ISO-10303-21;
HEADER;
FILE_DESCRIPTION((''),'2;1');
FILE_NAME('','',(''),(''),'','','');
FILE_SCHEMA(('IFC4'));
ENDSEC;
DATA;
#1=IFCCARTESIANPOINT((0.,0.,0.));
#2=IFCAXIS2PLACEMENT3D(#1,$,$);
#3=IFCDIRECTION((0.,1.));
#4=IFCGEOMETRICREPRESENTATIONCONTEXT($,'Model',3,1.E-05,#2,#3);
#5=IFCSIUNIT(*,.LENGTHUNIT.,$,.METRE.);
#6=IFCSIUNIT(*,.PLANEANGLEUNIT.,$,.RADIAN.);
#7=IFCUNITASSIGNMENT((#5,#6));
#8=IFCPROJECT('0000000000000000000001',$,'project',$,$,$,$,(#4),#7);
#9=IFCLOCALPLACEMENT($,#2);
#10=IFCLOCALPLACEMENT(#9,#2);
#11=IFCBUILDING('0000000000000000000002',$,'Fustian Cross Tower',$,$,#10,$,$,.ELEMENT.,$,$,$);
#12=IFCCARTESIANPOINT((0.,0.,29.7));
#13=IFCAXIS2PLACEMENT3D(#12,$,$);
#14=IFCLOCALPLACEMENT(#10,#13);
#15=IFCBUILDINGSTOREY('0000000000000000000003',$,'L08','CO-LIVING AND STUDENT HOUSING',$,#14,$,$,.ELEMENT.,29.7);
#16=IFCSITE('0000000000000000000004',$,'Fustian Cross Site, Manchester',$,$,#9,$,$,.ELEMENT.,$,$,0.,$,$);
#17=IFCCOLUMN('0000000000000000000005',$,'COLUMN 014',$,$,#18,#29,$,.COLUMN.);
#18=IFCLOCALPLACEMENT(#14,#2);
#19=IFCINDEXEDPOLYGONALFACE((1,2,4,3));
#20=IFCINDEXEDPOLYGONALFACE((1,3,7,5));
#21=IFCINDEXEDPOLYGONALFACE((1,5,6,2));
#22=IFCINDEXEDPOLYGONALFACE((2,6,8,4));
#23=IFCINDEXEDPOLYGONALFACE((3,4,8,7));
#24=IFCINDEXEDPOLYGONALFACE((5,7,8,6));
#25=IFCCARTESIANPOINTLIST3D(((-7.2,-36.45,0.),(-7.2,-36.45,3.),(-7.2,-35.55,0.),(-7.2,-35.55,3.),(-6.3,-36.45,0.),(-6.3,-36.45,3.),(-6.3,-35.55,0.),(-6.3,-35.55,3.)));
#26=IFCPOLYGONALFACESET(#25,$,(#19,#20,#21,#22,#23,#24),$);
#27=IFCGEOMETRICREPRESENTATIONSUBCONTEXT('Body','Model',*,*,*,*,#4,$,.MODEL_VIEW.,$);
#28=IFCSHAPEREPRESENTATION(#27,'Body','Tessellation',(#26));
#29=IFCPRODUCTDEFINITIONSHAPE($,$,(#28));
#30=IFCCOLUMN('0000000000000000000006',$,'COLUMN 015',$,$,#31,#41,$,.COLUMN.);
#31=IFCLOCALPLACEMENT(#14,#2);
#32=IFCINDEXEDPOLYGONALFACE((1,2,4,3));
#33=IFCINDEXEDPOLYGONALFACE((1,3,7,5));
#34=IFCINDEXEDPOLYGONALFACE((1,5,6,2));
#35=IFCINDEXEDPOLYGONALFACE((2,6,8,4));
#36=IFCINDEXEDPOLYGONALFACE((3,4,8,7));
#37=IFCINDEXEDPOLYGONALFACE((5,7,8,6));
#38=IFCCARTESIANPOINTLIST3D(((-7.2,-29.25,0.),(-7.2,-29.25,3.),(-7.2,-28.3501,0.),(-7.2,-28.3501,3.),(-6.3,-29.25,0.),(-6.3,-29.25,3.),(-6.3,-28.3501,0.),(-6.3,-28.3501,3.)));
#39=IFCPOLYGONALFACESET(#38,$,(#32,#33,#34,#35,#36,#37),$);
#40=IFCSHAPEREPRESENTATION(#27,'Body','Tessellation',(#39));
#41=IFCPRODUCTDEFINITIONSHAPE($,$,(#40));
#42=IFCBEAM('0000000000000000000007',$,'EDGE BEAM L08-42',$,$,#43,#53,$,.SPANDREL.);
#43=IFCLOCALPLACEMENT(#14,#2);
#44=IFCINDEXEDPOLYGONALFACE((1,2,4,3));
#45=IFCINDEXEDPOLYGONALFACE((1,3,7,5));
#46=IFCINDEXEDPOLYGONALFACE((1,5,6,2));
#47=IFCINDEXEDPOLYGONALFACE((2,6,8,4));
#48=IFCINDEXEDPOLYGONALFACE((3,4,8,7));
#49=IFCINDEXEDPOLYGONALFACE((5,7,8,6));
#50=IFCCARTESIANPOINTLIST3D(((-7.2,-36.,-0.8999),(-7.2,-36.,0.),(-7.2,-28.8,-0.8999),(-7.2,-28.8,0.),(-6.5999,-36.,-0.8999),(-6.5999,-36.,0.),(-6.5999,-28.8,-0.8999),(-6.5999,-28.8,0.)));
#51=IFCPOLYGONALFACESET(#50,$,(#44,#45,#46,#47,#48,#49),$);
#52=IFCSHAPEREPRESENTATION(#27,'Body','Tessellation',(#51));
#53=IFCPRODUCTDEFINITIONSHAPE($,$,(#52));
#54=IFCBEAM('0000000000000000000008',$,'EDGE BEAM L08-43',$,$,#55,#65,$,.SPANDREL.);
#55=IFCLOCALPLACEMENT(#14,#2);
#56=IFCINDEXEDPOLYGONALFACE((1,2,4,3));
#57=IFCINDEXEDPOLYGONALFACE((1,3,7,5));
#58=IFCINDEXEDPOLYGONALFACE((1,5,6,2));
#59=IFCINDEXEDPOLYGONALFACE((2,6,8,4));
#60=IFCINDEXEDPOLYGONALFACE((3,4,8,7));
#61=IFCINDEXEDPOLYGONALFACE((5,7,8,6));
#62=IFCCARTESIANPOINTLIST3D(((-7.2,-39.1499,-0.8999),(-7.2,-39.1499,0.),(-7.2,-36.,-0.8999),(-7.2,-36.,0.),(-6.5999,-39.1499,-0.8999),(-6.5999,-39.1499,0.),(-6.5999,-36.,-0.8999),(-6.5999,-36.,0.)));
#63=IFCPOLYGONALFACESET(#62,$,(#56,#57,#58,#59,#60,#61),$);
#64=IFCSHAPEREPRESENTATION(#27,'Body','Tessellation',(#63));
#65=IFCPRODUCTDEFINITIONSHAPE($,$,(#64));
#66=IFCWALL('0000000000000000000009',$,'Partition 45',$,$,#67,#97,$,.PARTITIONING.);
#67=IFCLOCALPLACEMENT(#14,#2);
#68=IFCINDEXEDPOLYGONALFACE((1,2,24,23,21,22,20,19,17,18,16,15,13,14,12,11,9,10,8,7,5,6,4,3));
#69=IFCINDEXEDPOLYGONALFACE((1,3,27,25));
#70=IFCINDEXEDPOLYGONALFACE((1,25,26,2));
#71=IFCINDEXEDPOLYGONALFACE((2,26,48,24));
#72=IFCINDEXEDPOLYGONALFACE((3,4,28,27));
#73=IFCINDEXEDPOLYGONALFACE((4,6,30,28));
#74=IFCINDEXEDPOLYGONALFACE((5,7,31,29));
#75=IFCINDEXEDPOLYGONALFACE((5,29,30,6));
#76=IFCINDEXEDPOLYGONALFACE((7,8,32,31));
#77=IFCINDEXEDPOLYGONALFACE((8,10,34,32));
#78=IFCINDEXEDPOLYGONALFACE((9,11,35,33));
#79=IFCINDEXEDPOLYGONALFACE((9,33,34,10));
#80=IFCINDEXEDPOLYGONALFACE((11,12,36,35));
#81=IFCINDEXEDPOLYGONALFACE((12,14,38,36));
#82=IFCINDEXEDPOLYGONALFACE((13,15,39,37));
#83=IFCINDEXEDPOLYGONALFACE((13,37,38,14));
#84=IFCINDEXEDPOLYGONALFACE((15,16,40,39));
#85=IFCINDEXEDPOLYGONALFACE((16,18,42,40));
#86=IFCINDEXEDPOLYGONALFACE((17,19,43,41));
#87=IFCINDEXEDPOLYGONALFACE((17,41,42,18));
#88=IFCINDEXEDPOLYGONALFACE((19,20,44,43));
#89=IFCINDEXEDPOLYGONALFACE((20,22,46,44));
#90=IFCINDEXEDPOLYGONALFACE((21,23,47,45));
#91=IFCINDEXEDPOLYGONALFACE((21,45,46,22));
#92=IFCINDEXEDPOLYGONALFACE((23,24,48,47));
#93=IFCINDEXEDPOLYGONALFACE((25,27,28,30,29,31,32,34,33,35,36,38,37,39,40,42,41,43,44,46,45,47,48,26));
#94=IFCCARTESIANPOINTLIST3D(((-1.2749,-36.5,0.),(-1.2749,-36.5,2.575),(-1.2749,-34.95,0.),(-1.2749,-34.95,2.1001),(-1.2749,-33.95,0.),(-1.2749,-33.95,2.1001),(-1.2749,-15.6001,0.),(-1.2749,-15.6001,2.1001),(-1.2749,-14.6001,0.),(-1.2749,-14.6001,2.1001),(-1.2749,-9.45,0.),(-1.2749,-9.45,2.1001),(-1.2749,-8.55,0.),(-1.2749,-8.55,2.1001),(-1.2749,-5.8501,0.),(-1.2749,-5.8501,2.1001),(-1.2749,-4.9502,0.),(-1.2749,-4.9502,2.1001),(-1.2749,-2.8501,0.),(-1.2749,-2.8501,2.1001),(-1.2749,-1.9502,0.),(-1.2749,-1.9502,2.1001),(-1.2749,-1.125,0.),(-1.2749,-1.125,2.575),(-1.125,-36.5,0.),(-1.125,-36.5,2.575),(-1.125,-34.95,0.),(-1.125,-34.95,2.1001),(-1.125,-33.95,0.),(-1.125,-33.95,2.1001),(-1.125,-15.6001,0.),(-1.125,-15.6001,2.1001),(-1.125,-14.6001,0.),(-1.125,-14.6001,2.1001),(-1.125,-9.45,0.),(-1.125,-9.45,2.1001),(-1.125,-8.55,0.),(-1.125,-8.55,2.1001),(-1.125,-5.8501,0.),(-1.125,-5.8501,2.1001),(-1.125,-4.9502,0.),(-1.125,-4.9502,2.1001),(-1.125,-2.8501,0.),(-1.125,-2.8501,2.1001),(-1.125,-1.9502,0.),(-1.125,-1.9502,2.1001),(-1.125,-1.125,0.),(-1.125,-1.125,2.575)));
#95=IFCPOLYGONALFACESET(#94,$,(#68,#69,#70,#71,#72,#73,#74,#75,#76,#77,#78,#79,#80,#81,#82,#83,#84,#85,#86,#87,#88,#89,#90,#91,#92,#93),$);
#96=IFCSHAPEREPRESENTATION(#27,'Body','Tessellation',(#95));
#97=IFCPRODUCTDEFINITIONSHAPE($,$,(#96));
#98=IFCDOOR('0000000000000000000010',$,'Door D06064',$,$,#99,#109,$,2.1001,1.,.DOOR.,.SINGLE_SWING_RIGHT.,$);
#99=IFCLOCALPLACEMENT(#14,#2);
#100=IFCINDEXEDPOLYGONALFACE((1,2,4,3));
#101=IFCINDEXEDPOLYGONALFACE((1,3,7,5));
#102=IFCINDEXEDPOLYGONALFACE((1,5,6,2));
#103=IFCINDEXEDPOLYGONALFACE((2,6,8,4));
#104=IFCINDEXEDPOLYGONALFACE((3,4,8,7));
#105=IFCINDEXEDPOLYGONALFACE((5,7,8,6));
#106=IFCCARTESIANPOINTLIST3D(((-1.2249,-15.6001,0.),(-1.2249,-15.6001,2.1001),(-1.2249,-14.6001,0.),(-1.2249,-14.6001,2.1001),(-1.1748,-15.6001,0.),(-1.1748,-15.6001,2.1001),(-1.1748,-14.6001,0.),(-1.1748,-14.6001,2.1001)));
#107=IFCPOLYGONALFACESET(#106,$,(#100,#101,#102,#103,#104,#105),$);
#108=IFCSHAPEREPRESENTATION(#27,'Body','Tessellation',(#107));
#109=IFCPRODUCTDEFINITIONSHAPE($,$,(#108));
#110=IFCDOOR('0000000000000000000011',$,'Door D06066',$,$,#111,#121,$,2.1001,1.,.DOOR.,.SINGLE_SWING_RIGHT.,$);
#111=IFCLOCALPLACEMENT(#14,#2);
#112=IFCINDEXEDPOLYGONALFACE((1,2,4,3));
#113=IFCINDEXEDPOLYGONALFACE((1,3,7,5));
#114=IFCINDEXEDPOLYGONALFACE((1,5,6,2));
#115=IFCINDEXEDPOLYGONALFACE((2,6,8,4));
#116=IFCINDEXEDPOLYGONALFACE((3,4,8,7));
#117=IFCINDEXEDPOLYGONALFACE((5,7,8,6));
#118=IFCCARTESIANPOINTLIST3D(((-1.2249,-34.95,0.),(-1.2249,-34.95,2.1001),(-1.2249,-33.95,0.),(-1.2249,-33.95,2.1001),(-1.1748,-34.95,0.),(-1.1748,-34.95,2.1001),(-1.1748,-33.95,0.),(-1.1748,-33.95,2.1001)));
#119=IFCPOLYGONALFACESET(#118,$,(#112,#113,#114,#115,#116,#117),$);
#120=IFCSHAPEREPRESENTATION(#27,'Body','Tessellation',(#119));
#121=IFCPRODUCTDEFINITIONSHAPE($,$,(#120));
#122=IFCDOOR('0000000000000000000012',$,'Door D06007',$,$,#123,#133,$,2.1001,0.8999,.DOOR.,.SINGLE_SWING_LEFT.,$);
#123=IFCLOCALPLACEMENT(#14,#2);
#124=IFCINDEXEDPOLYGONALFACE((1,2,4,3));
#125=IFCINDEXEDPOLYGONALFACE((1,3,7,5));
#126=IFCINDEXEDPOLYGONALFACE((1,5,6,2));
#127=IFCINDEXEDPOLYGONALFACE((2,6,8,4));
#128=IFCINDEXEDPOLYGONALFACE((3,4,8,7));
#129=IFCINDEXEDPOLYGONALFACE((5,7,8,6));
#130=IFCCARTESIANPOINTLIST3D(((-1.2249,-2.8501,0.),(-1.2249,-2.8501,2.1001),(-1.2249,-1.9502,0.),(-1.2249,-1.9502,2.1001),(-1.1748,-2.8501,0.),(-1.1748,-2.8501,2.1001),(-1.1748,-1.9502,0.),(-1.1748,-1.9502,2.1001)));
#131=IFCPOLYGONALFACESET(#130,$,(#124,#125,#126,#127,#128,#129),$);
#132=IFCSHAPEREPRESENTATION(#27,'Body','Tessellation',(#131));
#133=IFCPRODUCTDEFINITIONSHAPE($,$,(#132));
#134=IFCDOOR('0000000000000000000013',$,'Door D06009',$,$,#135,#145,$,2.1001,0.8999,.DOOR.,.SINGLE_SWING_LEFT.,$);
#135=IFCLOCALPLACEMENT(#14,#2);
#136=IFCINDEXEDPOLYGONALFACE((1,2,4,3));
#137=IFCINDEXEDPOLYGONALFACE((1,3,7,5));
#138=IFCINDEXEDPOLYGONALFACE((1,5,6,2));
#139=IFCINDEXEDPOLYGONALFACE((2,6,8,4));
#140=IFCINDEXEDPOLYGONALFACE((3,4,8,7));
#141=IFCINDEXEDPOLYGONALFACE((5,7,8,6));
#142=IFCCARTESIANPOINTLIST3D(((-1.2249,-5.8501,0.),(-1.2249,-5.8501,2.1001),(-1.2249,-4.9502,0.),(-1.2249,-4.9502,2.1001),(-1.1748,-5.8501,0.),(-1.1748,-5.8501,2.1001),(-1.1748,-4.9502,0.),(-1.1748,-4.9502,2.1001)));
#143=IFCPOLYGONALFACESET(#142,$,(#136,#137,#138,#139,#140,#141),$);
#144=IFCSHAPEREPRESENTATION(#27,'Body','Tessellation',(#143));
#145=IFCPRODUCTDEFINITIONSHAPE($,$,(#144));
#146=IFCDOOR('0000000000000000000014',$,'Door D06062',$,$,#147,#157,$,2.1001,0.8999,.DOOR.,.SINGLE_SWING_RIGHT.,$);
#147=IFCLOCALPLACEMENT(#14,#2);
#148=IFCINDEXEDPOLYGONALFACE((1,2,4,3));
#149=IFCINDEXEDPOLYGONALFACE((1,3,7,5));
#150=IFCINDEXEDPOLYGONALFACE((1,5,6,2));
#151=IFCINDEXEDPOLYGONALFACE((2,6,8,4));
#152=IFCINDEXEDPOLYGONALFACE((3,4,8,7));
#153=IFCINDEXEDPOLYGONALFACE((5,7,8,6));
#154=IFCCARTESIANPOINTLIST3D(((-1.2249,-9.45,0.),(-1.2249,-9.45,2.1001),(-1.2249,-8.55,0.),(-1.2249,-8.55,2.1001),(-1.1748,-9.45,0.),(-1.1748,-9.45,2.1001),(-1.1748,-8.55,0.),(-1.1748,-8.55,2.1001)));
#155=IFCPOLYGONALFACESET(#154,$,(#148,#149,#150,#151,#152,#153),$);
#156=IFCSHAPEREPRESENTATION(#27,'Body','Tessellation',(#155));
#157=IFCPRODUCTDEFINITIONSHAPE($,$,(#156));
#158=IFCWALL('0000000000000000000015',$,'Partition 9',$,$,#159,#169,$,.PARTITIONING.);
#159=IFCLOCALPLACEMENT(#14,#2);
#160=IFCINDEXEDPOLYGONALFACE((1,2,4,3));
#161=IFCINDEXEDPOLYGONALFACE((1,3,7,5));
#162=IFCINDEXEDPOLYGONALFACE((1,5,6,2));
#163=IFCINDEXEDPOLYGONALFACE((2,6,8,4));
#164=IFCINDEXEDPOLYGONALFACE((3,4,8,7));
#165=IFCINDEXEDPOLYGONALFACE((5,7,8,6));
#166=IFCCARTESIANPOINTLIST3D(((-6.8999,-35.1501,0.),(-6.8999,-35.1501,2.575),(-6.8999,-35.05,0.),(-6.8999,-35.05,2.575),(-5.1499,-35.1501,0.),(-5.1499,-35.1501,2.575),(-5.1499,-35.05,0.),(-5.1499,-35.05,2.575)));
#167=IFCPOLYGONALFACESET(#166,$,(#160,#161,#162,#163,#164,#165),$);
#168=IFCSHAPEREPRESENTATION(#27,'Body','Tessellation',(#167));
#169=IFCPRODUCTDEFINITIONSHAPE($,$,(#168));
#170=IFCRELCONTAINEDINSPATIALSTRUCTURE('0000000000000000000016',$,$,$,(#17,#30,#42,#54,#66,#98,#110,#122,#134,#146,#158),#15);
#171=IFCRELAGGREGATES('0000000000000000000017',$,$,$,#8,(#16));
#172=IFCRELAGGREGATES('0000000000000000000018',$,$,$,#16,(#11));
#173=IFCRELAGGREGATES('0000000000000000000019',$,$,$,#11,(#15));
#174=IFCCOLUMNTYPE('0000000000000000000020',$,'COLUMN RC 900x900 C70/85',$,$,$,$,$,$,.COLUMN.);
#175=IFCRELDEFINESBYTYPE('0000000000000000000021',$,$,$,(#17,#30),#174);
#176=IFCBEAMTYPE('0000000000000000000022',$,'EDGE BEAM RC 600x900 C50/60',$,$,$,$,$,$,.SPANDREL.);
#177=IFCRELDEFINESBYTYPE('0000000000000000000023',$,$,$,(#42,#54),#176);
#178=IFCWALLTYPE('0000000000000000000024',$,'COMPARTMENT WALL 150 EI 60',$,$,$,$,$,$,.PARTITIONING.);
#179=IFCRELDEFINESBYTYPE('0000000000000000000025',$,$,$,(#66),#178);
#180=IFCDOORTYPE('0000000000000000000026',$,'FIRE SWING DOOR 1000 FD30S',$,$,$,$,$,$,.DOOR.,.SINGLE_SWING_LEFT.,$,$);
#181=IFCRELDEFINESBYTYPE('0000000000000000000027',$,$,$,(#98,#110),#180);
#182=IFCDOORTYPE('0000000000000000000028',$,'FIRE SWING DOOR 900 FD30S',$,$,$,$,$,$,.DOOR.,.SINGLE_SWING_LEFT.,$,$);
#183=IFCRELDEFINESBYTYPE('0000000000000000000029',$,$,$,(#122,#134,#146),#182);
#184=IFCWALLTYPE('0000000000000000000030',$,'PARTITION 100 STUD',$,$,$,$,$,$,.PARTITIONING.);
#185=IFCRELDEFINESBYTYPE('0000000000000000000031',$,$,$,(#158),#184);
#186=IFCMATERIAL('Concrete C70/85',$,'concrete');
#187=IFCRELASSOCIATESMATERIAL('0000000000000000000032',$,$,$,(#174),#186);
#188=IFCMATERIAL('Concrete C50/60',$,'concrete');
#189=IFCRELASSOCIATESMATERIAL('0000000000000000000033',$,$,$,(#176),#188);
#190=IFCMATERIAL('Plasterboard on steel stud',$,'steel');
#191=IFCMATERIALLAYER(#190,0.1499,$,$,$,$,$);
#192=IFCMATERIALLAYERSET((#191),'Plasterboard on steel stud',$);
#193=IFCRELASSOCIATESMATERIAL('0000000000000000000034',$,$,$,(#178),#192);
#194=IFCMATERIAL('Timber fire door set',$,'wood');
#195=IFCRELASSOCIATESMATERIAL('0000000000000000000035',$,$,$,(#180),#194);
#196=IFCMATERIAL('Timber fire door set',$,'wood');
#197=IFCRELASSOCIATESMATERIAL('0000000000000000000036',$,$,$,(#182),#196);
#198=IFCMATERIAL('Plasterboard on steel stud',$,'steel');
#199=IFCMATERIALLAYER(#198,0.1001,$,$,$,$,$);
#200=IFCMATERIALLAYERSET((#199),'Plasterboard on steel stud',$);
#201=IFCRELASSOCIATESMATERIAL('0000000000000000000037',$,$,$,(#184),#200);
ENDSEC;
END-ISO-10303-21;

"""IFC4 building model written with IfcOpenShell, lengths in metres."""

from ifc_helpers import new_model, si_unit, direction, frame, frame_2d, origin, origin_2d, place, context, subcontext, project, spatial, rectangle, extrude, material, layer, layer_set, material_profile, profile_set, type_object, element, fill, save


model = new_model("IFC4")

# Units and contexts
model_context = context("Model", 3, precision=1e-05, world=origin(), true_north=direction((0.0, 1.0)))
body_context = subcontext(model_context, "Body", "Model", "MODEL_VIEW")
ifc_project = project(units=[si_unit("LENGTHUNIT", "METRE"), si_unit("PLANEANGLEUNIT", "RADIAN")], contexts=[model_context])

# Site, building, storey
site_placement = place(None, origin())
site = spatial("IfcSite", under=ifc_project, at=site_placement, Name="Fustian Cross Site, Manchester", CompositionType="ELEMENT", RefElevation=0.0)
building_placement = place(site_placement, origin())
building = spatial("IfcBuilding", under=site, at=building_placement, Name="Fustian Cross Tower", CompositionType="ELEMENT")
storey_placement = place(building_placement, frame((0.0, 0.0, 29.7)))
storey = spatial("IfcBuildingStorey", under=building, at=storey_placement, Name="L08", Description="CO-LIVING AND STUDENT HOUSING", CompositionType="ELEMENT", Elevation=29.7)

# Columns
ifc_material_1 = material(Name="Concrete C70/85", Category="concrete")
ifc_material_profile_1 = material_profile(ifc_material_1, rectangle(XDim=0.8999, YDim=0.8999, at=origin_2d()), Name="RC 900x900")
ifc_profile_set_1 = profile_set([ifc_material_profile_1], Name="Concrete C70/85")
column_type = type_object("IfcColumnType", Name="COLUMN RC 900x900 C70/85", PredefinedType="COLUMN", material=ifc_profile_set_1)
for number, where, z_axis, x_axis, name in (
    (1, (-6.75, -36.0, 0.0), (0.0, 0.0, 1.0), (1.0, 0.0, 0.0), "COLUMN 014"),
    (2, (-6.75, -28.8, 0.0), (0.0, 0.0, 1.0), (1.0, 0.0, 0.0), "COLUMN 015"),
):
    element("IfcColumn", number, at=place(storey_placement, frame(where, z_axis=z_axis, x_axis=x_axis)), inside=storey, type_object=column_type, Name=name, PredefinedType="COLUMN", context=body_context, shape_type="SweptSolid", body=[
        extrude(rectangle(XDim=0.8999, YDim=0.8999, at=origin_2d()), origin(), (0.0, 0.0, 1.0), 3.0),
    ])

# Beams
ifc_material_2 = material(Name="Concrete C50/60", Category="concrete")
ifc_material_profile_2 = material_profile(ifc_material_2, rectangle(XDim=0.6001, YDim=0.8999, at=origin_2d()), Name="RC 600x900")
ifc_profile_set_2 = profile_set([ifc_material_profile_2], Name="Concrete C50/60")
beam_type = type_object("IfcBeamType", Name="EDGE BEAM RC 600x900 C50/60", PredefinedType="SPANDREL", material=ifc_profile_set_2)
beam_1_placement = place(storey_placement, frame((-6.8999, -28.8, -0.45), z_axis=(0.0, -1.0, 0.0), x_axis=(1.0, 0.0, 0.0)))
element("IfcBeam", 3, at=beam_1_placement, inside=storey, type_object=beam_type, Name="EDGE BEAM L08-42", PredefinedType="SPANDREL", context=body_context, shape_type="SweptSolid", body=[
    extrude(rectangle(XDim=0.6001, YDim=0.8999, at=origin_2d()), origin(), (0.0, 0.0, 1.0), 7.2),
])
beam_2_placement = place(storey_placement, frame((-6.8999, -36.0, -0.45), z_axis=(0.0, -1.0, 0.0), x_axis=(1.0, 0.0, 0.0)))
element("IfcBeam", 4, at=beam_2_placement, inside=storey, type_object=beam_type, Name="EDGE BEAM L08-43", PredefinedType="SPANDREL", context=body_context, shape_type="SweptSolid", body=[
    extrude(rectangle(XDim=0.6001, YDim=0.8999, at=origin_2d()), origin(), (0.0, 0.0, 1.0), 3.1499),
])

# Wall, openings, doors
ifc_material_3 = material(Name="Plasterboard on steel stud", Category="steel")
ifc_layer_1 = layer(ifc_material_3, 0.1499)
ifc_layer_set_1 = layer_set([ifc_layer_1], Name="Plasterboard on steel stud")
wall_type_1 = type_object("IfcWallType", Name="COMPARTMENT WALL 150 EI 60", PredefinedType="PARTITIONING", material=ifc_layer_set_1)
wall_1_placement = place(storey_placement, frame((-1.2, -36.5, 0.0), z_axis=(0.0, 0.0, 1.0), x_axis=(0.0, 1.0, 0.0)))
wall_1 = element("IfcWall", 5, at=wall_1_placement, inside=storey, type_object=wall_type_1, Name="Partition 45", PredefinedType="PARTITIONING", context=body_context, shape_type="SweptSolid", body=[
    extrude(rectangle(XDim=35.375, YDim=0.1499, at=frame_2d((17.6875, 0.0))), origin(), (0.0, 0.0, 1.0), 2.575),
])
opening_1_placement = place(wall_1_placement, frame((33.6499, 0.0, 0.0)))
opening_1 = element("IfcOpeningElement", 6, at=opening_1_placement, cuts=wall_1, PredefinedType="OPENING", context=body_context, shape_type="SweptSolid", body=[
    extrude(rectangle(XDim=0.8999, YDim=2.1001, at=frame_2d((0.45, 1.05))), frame((0.0, 0.085, 0.0), z_axis=(0.0, -1.0, 0.0), x_axis=(1.0, 0.0, 0.0)), (0.0, 0.0, 1.0), 0.1699),
])
opening_2_placement = place(wall_1_placement, frame((30.6499, 0.0, 0.0)))
opening_2 = element("IfcOpeningElement", 7, at=opening_2_placement, cuts=wall_1, PredefinedType="OPENING", context=body_context, shape_type="SweptSolid", body=[
    extrude(rectangle(XDim=0.8999, YDim=2.1001, at=frame_2d((0.45, 1.05))), frame((0.0, 0.085, 0.0), z_axis=(0.0, -1.0, 0.0), x_axis=(1.0, 0.0, 0.0)), (0.0, 0.0, 1.0), 0.1699),
])
opening_3_placement = place(wall_1_placement, frame((27.05, 0.0, 0.0)))
opening_3 = element("IfcOpeningElement", 8, at=opening_3_placement, cuts=wall_1, PredefinedType="OPENING", context=body_context, shape_type="SweptSolid", body=[
    extrude(rectangle(XDim=0.8999, YDim=2.1001, at=frame_2d((0.45, 1.05))), frame((0.0, 0.085, 0.0), z_axis=(0.0, -1.0, 0.0), x_axis=(1.0, 0.0, 0.0)), (0.0, 0.0, 1.0), 0.1699),
])
opening_4_placement = place(wall_1_placement, frame((20.8999, 0.0, 0.0)))
opening_4 = element("IfcOpeningElement", 9, at=opening_4_placement, cuts=wall_1, PredefinedType="OPENING", context=body_context, shape_type="SweptSolid", body=[
    extrude(rectangle(XDim=1.0, YDim=2.1001, at=frame_2d((0.5, 1.05))), frame((0.0, 0.085, 0.0), z_axis=(0.0, -1.0, 0.0), x_axis=(1.0, 0.0, 0.0)), (0.0, 0.0, 1.0), 0.1699),
])
opening_5_placement = place(wall_1_placement, frame((1.55, 0.0, 0.0)))
opening_5 = element("IfcOpeningElement", 10, at=opening_5_placement, cuts=wall_1, PredefinedType="OPENING", context=body_context, shape_type="SweptSolid", body=[
    extrude(rectangle(XDim=1.0, YDim=2.1001, at=frame_2d((0.5, 1.05))), frame((0.0, 0.085, 0.0), z_axis=(0.0, -1.0, 0.0), x_axis=(1.0, 0.0, 0.0)), (0.0, 0.0, 1.0), 0.1699),
])
ifc_material_4 = material(Name="Timber fire door set", Category="wood")
door_type_1 = type_object("IfcDoorType", Name="FIRE SWING DOOR 1000 FD30S", OperationType="SINGLE_SWING_LEFT", PredefinedType="DOOR", material=ifc_material_4)
door_1_placement = place(opening_4_placement, origin())
door_1 = element("IfcDoor", 11, at=door_1_placement, inside=storey, type_object=door_type_1, Name="Door D06064", OperationType="SINGLE_SWING_RIGHT", OverallHeight=2.1001, OverallWidth=1.0, PredefinedType="DOOR", context=body_context, shape_type="SweptSolid", body=[
    extrude(rectangle(XDim=1.0, YDim=2.1001, at=frame_2d((0.5, 1.05))), frame((0.0, 0.0249, 0.0), z_axis=(0.0, -1.0, 0.0), x_axis=(1.0, 0.0, 0.0)), (0.0, 0.0, 1.0), 0.05),
])
fill(opening_4, door_1)
door_2_placement = place(opening_5_placement, origin())
door_2 = element("IfcDoor", 12, at=door_2_placement, inside=storey, type_object=door_type_1, Name="Door D06066", OperationType="SINGLE_SWING_RIGHT", OverallHeight=2.1001, OverallWidth=1.0, PredefinedType="DOOR", context=body_context, shape_type="SweptSolid", body=[
    extrude(rectangle(XDim=1.0, YDim=2.1001, at=frame_2d((0.5, 1.05))), frame((0.0, 0.0249, 0.0), z_axis=(0.0, -1.0, 0.0), x_axis=(1.0, 0.0, 0.0)), (0.0, 0.0, 1.0), 0.05),
])
fill(opening_5, door_2)
ifc_material_5 = material(Name="Timber fire door set", Category="wood")
door_type_2 = type_object("IfcDoorType", Name="FIRE SWING DOOR 900 FD30S", OperationType="SINGLE_SWING_LEFT", PredefinedType="DOOR", material=ifc_material_5)
door_3_placement = place(opening_1_placement, origin())
door_3 = element("IfcDoor", 13, at=door_3_placement, inside=storey, type_object=door_type_2, Name="Door D06007", OperationType="SINGLE_SWING_LEFT", OverallHeight=2.1001, OverallWidth=0.8999, PredefinedType="DOOR", context=body_context, shape_type="SweptSolid", body=[
    extrude(rectangle(XDim=0.8999, YDim=2.1001, at=frame_2d((0.45, 1.05))), frame((0.0, 0.0249, 0.0), z_axis=(0.0, -1.0, 0.0), x_axis=(1.0, 0.0, 0.0)), (0.0, 0.0, 1.0), 0.05),
])
fill(opening_1, door_3)
door_4_placement = place(opening_2_placement, origin())
door_4 = element("IfcDoor", 14, at=door_4_placement, inside=storey, type_object=door_type_2, Name="Door D06009", OperationType="SINGLE_SWING_LEFT", OverallHeight=2.1001, OverallWidth=0.8999, PredefinedType="DOOR", context=body_context, shape_type="SweptSolid", body=[
    extrude(rectangle(XDim=0.8999, YDim=2.1001, at=frame_2d((0.45, 1.05))), frame((0.0, 0.0249, 0.0), z_axis=(0.0, -1.0, 0.0), x_axis=(1.0, 0.0, 0.0)), (0.0, 0.0, 1.0), 0.05),
])
fill(opening_2, door_4)
door_5_placement = place(opening_3_placement, origin())
door_5 = element("IfcDoor", 15, at=door_5_placement, inside=storey, type_object=door_type_2, Name="Door D06062", OperationType="SINGLE_SWING_RIGHT", OverallHeight=2.1001, OverallWidth=0.8999, PredefinedType="DOOR", context=body_context, shape_type="SweptSolid", body=[
    extrude(rectangle(XDim=0.8999, YDim=2.1001, at=frame_2d((0.45, 1.05))), frame((0.0, 0.0249, 0.0), z_axis=(0.0, -1.0, 0.0), x_axis=(1.0, 0.0, 0.0)), (0.0, 0.0, 1.0), 0.05),
])
fill(opening_3, door_5)

# Wall
ifc_material_6 = material(Name="Plasterboard on steel stud", Category="steel")
ifc_layer_2 = layer(ifc_material_6, 0.1001)
ifc_layer_set_2 = layer_set([ifc_layer_2], Name="Plasterboard on steel stud")
wall_type_2 = type_object("IfcWallType", Name="PARTITION 100 STUD", PredefinedType="PARTITIONING", material=ifc_layer_set_2)
wall_2_placement = place(storey_placement, frame((-6.8999, -35.1001, 0.0), z_axis=(0.0, 0.0, 1.0), x_axis=(1.0, 0.0, 0.0)))
element("IfcWall", 16, at=wall_2_placement, inside=storey, type_object=wall_type_2, Name="Partition 9", PredefinedType="PARTITIONING", context=body_context, shape_type="SweptSolid", body=[
    extrude(rectangle(XDim=1.75, YDim=0.1001, at=frame_2d((0.875, 0.0))), origin(), (0.0, 0.0, 1.0), 2.575),
])

save(model, "model.ifc")
